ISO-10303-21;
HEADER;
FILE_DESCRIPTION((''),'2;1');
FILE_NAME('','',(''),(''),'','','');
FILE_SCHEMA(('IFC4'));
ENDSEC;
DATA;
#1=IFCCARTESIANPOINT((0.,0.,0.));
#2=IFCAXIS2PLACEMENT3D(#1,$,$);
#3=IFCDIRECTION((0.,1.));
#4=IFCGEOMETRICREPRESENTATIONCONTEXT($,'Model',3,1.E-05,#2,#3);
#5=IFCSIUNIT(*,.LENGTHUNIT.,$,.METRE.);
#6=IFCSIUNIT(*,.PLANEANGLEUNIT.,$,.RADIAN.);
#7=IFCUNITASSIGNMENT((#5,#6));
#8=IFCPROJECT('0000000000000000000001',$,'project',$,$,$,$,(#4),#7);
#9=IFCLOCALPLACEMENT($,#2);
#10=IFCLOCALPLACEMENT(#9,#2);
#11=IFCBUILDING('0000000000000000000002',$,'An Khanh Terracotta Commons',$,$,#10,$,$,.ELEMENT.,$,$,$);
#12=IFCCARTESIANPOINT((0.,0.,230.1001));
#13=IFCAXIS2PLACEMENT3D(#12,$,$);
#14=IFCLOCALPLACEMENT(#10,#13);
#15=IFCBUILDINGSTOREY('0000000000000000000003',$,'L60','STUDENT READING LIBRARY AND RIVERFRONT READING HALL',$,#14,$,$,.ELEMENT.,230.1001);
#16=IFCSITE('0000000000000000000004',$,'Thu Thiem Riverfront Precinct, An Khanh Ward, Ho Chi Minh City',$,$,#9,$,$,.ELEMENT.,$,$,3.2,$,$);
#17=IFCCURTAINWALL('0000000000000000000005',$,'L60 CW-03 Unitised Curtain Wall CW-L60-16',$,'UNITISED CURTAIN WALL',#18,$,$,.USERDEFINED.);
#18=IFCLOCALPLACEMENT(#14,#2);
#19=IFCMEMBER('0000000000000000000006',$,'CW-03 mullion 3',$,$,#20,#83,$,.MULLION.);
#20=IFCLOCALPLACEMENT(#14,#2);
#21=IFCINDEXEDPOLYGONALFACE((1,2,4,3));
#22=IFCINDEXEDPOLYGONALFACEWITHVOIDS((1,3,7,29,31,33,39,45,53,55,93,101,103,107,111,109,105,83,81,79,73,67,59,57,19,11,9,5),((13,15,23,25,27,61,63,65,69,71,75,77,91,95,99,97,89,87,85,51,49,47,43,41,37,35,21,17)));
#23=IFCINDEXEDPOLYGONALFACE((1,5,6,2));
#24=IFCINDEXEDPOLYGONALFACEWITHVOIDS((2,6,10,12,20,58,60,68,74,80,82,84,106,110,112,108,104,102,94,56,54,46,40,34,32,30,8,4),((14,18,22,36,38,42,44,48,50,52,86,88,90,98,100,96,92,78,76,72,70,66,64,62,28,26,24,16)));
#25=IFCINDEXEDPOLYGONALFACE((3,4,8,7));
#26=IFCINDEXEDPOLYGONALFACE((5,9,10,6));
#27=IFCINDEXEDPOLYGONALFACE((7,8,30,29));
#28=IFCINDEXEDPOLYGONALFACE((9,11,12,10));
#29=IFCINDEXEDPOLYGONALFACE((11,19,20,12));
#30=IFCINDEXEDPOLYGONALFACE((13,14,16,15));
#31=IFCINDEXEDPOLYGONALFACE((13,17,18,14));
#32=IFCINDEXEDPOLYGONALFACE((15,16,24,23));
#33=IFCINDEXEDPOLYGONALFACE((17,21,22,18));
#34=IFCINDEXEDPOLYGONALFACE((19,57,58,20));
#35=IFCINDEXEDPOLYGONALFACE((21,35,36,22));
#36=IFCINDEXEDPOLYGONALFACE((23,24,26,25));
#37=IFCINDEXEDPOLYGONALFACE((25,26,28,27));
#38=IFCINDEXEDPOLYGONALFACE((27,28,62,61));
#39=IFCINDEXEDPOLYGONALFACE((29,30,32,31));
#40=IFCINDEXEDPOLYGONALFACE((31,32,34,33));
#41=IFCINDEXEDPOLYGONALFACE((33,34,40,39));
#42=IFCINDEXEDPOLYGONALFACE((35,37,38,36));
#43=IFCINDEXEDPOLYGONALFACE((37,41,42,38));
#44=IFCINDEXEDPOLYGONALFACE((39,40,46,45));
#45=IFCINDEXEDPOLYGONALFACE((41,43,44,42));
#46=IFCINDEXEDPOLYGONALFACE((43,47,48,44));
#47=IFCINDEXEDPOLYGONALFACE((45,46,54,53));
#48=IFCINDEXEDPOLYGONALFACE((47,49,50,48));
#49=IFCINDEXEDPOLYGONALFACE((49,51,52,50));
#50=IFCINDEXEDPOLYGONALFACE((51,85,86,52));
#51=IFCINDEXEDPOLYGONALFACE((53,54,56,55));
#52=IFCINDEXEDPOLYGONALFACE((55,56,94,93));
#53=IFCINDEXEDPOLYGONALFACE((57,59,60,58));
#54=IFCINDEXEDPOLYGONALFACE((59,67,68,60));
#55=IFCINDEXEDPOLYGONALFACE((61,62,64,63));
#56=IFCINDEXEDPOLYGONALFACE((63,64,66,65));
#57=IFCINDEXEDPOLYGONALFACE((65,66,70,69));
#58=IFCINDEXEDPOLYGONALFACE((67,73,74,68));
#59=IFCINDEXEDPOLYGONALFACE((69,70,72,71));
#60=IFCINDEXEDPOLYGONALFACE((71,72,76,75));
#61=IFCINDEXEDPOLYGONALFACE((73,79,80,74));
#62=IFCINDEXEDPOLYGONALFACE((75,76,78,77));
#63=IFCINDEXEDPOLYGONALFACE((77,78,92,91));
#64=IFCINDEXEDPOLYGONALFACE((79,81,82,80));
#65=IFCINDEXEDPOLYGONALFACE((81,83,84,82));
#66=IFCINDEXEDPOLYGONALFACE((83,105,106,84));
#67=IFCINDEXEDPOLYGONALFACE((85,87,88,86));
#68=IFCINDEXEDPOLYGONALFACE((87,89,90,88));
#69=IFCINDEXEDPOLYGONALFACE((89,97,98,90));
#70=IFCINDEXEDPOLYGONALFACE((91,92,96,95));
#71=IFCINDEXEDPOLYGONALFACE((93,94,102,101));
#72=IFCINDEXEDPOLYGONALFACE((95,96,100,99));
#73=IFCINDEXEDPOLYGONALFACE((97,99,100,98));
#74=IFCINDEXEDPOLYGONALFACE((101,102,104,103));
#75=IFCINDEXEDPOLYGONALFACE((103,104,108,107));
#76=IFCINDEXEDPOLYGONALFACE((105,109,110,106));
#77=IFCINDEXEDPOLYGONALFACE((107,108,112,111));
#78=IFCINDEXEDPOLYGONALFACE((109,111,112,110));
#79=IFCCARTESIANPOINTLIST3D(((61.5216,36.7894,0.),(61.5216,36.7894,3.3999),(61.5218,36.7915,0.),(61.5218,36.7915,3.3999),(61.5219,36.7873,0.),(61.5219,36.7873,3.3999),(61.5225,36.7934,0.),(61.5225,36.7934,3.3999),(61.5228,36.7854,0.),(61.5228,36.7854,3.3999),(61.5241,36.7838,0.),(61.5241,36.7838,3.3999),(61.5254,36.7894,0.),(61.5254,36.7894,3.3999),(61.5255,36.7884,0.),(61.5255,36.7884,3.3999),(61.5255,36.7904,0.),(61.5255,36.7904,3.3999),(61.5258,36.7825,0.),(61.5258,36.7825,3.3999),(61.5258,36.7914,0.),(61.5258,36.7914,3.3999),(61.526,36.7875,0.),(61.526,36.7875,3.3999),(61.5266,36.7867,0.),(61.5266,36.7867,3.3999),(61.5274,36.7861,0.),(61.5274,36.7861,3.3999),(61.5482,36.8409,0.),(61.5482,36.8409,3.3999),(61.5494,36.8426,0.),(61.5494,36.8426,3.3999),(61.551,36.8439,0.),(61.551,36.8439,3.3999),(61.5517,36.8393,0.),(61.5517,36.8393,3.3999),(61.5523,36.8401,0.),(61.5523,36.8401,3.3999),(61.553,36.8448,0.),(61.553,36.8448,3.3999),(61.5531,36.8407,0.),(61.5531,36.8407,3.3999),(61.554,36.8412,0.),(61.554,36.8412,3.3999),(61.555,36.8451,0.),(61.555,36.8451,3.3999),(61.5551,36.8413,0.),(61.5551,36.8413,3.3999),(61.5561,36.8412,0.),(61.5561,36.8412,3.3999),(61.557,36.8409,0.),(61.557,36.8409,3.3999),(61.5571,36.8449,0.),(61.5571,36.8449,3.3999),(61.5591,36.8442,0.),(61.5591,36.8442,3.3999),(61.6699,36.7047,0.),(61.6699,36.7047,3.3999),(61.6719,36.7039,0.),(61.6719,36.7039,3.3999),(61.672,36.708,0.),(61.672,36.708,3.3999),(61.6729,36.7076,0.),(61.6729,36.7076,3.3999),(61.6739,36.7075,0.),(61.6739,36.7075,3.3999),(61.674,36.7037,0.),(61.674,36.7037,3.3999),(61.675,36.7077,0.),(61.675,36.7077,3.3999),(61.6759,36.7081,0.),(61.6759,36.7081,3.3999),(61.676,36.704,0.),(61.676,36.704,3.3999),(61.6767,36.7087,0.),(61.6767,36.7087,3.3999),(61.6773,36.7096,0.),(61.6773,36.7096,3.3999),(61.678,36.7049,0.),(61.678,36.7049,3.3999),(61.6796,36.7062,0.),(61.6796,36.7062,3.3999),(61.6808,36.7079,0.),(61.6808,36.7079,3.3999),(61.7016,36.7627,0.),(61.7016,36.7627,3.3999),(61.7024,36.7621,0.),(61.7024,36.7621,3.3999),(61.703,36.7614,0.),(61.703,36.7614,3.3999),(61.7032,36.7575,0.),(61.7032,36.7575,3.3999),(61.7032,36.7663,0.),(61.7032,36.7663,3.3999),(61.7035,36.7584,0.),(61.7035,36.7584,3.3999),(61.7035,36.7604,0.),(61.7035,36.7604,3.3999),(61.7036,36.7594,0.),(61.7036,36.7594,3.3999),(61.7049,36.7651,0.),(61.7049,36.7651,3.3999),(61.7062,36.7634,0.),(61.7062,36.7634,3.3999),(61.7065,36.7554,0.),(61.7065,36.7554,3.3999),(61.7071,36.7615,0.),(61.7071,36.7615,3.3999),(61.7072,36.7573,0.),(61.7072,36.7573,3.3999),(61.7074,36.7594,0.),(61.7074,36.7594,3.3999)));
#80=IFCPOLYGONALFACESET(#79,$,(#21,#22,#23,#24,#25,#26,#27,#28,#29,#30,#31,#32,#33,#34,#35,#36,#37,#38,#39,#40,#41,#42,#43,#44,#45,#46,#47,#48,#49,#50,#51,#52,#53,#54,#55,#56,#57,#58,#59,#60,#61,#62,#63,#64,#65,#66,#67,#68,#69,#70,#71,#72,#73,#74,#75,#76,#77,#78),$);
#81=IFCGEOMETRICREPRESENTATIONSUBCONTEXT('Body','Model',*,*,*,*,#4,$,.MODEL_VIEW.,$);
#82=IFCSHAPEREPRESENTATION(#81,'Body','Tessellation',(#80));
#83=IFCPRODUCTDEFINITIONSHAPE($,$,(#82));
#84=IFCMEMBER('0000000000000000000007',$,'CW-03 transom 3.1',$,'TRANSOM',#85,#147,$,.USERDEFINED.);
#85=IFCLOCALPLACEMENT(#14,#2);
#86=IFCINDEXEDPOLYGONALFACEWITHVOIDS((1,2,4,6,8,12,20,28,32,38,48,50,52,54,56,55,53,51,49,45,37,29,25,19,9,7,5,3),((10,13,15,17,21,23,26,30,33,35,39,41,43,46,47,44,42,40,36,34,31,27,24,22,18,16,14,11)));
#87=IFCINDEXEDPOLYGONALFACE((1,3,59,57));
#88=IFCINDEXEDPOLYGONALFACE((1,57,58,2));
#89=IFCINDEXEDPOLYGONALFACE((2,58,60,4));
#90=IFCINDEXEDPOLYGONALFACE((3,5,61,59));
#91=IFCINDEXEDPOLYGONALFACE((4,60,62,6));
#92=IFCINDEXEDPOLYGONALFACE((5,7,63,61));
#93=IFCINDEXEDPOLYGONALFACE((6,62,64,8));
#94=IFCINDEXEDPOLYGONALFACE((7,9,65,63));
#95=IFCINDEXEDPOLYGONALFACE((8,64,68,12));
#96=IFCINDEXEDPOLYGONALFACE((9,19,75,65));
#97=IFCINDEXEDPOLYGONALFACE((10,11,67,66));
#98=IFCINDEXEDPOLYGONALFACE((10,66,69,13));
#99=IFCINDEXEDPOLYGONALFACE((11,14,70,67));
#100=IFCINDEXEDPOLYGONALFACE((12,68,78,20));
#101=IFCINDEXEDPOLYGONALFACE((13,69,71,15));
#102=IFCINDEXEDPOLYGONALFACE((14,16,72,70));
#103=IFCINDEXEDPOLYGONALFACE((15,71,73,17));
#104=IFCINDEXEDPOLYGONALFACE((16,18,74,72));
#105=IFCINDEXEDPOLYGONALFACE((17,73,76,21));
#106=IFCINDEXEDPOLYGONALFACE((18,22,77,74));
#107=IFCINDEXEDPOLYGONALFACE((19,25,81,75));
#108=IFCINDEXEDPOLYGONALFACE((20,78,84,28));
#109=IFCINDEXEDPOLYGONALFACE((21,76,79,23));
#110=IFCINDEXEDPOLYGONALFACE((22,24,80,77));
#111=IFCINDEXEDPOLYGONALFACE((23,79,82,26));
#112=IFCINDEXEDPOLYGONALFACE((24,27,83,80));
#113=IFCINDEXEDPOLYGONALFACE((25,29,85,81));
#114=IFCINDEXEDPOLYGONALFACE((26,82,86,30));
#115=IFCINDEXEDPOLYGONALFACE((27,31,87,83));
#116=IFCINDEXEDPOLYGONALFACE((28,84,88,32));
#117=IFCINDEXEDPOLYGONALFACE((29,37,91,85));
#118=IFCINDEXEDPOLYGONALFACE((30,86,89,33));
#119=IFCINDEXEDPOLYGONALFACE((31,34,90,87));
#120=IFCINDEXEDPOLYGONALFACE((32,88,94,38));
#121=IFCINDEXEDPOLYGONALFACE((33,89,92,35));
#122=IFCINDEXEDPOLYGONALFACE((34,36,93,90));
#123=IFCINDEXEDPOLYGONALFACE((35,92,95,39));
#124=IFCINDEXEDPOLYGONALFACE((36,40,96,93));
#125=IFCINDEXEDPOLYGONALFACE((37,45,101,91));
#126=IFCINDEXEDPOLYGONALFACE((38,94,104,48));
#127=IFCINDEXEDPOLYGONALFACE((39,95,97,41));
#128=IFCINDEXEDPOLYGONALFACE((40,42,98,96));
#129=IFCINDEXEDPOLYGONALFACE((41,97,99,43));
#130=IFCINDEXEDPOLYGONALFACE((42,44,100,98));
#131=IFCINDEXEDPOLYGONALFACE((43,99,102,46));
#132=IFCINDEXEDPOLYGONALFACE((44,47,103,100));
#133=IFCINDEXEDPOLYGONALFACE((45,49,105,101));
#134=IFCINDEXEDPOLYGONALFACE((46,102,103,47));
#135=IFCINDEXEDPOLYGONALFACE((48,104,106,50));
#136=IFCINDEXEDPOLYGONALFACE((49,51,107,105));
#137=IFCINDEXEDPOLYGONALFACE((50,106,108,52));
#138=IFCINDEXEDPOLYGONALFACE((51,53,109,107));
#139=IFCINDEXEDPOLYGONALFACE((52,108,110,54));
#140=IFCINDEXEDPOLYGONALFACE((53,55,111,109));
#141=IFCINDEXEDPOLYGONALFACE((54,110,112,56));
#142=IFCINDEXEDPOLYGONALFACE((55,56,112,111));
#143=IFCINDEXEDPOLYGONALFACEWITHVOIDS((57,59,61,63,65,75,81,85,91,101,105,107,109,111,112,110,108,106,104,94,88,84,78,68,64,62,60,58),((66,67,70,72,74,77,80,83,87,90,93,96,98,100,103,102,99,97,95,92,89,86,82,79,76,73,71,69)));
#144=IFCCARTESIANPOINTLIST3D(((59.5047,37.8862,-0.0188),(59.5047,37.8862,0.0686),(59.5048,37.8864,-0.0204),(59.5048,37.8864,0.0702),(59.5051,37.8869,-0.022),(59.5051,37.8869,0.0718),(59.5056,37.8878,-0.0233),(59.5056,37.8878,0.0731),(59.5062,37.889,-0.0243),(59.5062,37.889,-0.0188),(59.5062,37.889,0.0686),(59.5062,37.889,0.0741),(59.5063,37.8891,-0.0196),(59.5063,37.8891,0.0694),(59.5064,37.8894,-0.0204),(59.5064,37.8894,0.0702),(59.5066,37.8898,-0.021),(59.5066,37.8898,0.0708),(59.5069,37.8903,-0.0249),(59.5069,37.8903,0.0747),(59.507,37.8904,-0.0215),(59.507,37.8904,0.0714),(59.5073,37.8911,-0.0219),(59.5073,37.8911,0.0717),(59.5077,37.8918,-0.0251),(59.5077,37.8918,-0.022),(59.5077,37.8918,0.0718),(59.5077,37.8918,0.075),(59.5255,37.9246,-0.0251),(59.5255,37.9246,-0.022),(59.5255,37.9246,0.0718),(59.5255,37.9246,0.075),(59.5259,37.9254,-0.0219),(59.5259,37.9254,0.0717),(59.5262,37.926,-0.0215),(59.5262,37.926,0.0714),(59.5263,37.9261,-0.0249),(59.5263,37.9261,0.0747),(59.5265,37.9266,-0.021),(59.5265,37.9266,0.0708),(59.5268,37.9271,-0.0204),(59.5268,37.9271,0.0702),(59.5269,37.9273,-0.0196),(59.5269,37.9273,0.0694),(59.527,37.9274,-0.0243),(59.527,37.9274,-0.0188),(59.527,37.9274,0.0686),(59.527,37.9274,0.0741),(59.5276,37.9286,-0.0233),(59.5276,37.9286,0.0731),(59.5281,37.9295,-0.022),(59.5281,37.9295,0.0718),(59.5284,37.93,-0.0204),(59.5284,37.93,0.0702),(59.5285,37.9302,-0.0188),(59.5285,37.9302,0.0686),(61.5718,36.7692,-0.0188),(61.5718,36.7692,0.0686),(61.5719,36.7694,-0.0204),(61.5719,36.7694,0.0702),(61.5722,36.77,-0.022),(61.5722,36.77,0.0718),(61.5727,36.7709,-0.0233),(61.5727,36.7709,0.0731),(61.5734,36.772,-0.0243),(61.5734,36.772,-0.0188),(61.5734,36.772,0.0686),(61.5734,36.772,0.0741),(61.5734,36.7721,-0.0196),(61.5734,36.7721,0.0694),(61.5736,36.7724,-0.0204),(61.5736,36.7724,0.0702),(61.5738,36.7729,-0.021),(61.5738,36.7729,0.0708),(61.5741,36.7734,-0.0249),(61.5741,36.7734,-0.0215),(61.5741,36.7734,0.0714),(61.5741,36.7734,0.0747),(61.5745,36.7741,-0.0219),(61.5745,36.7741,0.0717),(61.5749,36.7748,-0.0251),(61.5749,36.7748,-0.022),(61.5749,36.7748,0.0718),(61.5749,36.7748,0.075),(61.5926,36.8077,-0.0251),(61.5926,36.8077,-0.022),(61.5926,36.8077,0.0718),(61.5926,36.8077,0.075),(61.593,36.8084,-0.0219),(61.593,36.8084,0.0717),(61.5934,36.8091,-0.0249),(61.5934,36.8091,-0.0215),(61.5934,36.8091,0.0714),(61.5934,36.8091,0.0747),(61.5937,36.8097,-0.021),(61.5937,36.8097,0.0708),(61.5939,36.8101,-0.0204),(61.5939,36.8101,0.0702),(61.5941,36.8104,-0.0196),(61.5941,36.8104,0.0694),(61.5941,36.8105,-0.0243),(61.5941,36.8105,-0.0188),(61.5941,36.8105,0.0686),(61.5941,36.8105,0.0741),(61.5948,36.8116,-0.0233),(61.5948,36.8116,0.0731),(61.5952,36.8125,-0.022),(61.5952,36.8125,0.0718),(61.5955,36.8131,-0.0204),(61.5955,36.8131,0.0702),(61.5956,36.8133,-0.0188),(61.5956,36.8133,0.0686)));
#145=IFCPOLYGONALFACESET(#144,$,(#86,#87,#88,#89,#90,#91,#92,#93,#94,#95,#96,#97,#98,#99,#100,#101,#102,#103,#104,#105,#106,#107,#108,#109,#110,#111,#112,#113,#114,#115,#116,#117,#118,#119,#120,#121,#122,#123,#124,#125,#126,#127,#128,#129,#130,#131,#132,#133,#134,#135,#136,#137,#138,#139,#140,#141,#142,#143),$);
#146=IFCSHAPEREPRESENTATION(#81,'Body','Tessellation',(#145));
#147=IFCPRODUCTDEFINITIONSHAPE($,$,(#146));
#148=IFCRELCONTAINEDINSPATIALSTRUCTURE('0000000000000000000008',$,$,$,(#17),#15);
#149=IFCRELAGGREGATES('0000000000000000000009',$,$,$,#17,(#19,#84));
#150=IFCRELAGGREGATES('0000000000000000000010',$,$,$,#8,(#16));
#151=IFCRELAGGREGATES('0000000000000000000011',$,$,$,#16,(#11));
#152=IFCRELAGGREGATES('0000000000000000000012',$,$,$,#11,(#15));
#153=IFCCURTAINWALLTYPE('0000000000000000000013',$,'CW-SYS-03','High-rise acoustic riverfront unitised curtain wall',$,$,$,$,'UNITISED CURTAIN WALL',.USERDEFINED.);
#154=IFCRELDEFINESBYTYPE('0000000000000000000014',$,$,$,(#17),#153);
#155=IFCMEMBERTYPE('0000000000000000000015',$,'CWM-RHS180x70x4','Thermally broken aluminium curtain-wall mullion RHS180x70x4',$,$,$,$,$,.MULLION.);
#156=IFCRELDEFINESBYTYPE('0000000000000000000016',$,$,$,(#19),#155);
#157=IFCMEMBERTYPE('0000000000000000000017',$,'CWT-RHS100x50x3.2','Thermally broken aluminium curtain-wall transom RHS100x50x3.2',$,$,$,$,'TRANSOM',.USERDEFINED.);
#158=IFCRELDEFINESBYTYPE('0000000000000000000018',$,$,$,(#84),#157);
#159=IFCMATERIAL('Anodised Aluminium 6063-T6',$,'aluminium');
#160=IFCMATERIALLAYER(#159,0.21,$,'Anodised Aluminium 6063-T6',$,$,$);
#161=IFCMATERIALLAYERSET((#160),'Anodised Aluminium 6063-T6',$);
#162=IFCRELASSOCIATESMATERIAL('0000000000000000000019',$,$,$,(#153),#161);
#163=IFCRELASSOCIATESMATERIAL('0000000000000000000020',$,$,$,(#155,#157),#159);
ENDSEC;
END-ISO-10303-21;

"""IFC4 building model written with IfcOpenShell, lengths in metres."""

from ifc_helpers import new_model, si_unit, direction, frame, origin, origin_2d, place, context, subcontext, project, spatial, hollow_rectangle, extrude, material, layer, layer_set, material_profile, profile_set, type_object, element, aggregate, save


model = new_model("IFC4")

# Units and contexts
model_context = context("Model", 3, precision=1e-05, world=origin(), true_north=direction((0.0, 1.0)))
body_context = subcontext(model_context, "Body", "Model", "MODEL_VIEW")
ifc_project = project(units=[si_unit("LENGTHUNIT", "METRE"), si_unit("PLANEANGLEUNIT", "RADIAN")], contexts=[model_context])

# Site, building, storey
site_placement = place(None, origin())
site = spatial("IfcSite", under=ifc_project, at=site_placement, Name="Thu Thiem Riverfront Precinct, An Khanh Ward, Ho Chi Minh City", CompositionType="ELEMENT", RefElevation=3.2)
building_placement = place(site_placement, origin())
building = spatial("IfcBuilding", under=site, at=building_placement, Name="An Khanh Terracotta Commons", CompositionType="ELEMENT")
storey_placement = place(building_placement, frame((0.0, 0.0, 230.1001)))
storey = spatial("IfcBuildingStorey", under=building, at=storey_placement, Name="L60", Description="STUDENT READING LIBRARY AND RIVERFRONT READING HALL", CompositionType="ELEMENT", Elevation=230.1001)

# Curtain wall, members
ifc_material_1 = material(Name="Anodised Aluminium 6063-T6", Category="aluminium")
ifc_layer_1 = layer(ifc_material_1, 0.21, Name="Anodised Aluminium 6063-T6")
ifc_layer_set_1 = layer_set([ifc_layer_1], Name="Anodised Aluminium 6063-T6")
curtain_wall_type = type_object("IfcCurtainWallType", Name="CW-SYS-03", Description="High-rise acoustic riverfront unitised curtain wall", ElementType="UNITISED CURTAIN WALL", PredefinedType="USERDEFINED", material=ifc_layer_set_1)
curtain_wall_placement = place(storey_placement, origin())
curtain_wall = element("IfcCurtainWall", 1, at=curtain_wall_placement, inside=storey, type_object=curtain_wall_type, Name="L60 CW-03 Unitised Curtain Wall CW-L60-16", ObjectType="UNITISED CURTAIN WALL", PredefinedType="USERDEFINED")
ifc_material_profile_1 = material_profile(ifc_material_1, hollow_rectangle(XDim=0.0701, YDim=0.1799, WallThickness=0.0039, InnerFilletRadius=0.0039, OuterFilletRadius=0.0081, at=origin_2d()), Name="RHS180x70x4")
ifc_profile_set_1 = profile_set([ifc_material_profile_1], Name="Anodised Aluminium 6063-T6")
member_type_1 = type_object("IfcMemberType", Name="CWM-RHS180x70x4", Description="Thermally broken aluminium curtain-wall mullion RHS180x70x4", PredefinedType="MULLION", material=ifc_profile_set_1)
member_1_placement = place(storey_placement, frame((61.6145, 36.7744, 0.0), z_axis=(0.0, 0.0, 1.0), x_axis=(-0.475381, -0.87978, 0.0)))
member_1 = element("IfcMember", 2, at=member_1_placement, type_object=member_type_1, Name="CW-03 mullion 3", PredefinedType="MULLION", context=body_context, shape_type="SweptSolid", body=[
    extrude(hollow_rectangle(XDim=0.0701, YDim=0.1799, WallThickness=0.0039, InnerFilletRadius=0.0039, OuterFilletRadius=0.0081, at=origin_2d()), origin(), (0.0, 0.0, 1.0), 3.3999),
])
ifc_material_profile_2 = material_profile(ifc_material_1, hollow_rectangle(XDim=0.05, YDim=0.1001, WallThickness=0.0032, InnerFilletRadius=0.0032, OuterFilletRadius=0.0063, at=origin_2d()), Name="RHS100x50x3.2")
ifc_profile_set_2 = profile_set([ifc_material_profile_2], Name="Anodised Aluminium 6063-T6")
member_type_2 = type_object("IfcMemberType", Name="CWT-RHS100x50x3.2", Description="Thermally broken aluminium curtain-wall transom RHS100x50x3.2", ElementType="TRANSOM", PredefinedType="USERDEFINED", material=ifc_profile_set_2)
member_2_placement = place(storey_placement, frame((61.5837, 36.7913, 0.0249), z_axis=(-0.879783, 0.475376, 0.0), x_axis=(-0.475376, -0.879783, 0.0)))
member_2 = element("IfcMember", 3, at=member_2_placement, type_object=member_type_2, Name="CW-03 transom 3.1", ObjectType="TRANSOM", PredefinedType="USERDEFINED", context=body_context, shape_type="SweptSolid", body=[
    extrude(hollow_rectangle(XDim=0.05, YDim=0.1001, WallThickness=0.0032, InnerFilletRadius=0.0032, OuterFilletRadius=0.0063, at=origin_2d()), origin(), (0.0, 0.0, 1.0), 2.3496),
])
aggregate(curtain_wall, [member_1, member_2])

save(model, "model.ifc")
